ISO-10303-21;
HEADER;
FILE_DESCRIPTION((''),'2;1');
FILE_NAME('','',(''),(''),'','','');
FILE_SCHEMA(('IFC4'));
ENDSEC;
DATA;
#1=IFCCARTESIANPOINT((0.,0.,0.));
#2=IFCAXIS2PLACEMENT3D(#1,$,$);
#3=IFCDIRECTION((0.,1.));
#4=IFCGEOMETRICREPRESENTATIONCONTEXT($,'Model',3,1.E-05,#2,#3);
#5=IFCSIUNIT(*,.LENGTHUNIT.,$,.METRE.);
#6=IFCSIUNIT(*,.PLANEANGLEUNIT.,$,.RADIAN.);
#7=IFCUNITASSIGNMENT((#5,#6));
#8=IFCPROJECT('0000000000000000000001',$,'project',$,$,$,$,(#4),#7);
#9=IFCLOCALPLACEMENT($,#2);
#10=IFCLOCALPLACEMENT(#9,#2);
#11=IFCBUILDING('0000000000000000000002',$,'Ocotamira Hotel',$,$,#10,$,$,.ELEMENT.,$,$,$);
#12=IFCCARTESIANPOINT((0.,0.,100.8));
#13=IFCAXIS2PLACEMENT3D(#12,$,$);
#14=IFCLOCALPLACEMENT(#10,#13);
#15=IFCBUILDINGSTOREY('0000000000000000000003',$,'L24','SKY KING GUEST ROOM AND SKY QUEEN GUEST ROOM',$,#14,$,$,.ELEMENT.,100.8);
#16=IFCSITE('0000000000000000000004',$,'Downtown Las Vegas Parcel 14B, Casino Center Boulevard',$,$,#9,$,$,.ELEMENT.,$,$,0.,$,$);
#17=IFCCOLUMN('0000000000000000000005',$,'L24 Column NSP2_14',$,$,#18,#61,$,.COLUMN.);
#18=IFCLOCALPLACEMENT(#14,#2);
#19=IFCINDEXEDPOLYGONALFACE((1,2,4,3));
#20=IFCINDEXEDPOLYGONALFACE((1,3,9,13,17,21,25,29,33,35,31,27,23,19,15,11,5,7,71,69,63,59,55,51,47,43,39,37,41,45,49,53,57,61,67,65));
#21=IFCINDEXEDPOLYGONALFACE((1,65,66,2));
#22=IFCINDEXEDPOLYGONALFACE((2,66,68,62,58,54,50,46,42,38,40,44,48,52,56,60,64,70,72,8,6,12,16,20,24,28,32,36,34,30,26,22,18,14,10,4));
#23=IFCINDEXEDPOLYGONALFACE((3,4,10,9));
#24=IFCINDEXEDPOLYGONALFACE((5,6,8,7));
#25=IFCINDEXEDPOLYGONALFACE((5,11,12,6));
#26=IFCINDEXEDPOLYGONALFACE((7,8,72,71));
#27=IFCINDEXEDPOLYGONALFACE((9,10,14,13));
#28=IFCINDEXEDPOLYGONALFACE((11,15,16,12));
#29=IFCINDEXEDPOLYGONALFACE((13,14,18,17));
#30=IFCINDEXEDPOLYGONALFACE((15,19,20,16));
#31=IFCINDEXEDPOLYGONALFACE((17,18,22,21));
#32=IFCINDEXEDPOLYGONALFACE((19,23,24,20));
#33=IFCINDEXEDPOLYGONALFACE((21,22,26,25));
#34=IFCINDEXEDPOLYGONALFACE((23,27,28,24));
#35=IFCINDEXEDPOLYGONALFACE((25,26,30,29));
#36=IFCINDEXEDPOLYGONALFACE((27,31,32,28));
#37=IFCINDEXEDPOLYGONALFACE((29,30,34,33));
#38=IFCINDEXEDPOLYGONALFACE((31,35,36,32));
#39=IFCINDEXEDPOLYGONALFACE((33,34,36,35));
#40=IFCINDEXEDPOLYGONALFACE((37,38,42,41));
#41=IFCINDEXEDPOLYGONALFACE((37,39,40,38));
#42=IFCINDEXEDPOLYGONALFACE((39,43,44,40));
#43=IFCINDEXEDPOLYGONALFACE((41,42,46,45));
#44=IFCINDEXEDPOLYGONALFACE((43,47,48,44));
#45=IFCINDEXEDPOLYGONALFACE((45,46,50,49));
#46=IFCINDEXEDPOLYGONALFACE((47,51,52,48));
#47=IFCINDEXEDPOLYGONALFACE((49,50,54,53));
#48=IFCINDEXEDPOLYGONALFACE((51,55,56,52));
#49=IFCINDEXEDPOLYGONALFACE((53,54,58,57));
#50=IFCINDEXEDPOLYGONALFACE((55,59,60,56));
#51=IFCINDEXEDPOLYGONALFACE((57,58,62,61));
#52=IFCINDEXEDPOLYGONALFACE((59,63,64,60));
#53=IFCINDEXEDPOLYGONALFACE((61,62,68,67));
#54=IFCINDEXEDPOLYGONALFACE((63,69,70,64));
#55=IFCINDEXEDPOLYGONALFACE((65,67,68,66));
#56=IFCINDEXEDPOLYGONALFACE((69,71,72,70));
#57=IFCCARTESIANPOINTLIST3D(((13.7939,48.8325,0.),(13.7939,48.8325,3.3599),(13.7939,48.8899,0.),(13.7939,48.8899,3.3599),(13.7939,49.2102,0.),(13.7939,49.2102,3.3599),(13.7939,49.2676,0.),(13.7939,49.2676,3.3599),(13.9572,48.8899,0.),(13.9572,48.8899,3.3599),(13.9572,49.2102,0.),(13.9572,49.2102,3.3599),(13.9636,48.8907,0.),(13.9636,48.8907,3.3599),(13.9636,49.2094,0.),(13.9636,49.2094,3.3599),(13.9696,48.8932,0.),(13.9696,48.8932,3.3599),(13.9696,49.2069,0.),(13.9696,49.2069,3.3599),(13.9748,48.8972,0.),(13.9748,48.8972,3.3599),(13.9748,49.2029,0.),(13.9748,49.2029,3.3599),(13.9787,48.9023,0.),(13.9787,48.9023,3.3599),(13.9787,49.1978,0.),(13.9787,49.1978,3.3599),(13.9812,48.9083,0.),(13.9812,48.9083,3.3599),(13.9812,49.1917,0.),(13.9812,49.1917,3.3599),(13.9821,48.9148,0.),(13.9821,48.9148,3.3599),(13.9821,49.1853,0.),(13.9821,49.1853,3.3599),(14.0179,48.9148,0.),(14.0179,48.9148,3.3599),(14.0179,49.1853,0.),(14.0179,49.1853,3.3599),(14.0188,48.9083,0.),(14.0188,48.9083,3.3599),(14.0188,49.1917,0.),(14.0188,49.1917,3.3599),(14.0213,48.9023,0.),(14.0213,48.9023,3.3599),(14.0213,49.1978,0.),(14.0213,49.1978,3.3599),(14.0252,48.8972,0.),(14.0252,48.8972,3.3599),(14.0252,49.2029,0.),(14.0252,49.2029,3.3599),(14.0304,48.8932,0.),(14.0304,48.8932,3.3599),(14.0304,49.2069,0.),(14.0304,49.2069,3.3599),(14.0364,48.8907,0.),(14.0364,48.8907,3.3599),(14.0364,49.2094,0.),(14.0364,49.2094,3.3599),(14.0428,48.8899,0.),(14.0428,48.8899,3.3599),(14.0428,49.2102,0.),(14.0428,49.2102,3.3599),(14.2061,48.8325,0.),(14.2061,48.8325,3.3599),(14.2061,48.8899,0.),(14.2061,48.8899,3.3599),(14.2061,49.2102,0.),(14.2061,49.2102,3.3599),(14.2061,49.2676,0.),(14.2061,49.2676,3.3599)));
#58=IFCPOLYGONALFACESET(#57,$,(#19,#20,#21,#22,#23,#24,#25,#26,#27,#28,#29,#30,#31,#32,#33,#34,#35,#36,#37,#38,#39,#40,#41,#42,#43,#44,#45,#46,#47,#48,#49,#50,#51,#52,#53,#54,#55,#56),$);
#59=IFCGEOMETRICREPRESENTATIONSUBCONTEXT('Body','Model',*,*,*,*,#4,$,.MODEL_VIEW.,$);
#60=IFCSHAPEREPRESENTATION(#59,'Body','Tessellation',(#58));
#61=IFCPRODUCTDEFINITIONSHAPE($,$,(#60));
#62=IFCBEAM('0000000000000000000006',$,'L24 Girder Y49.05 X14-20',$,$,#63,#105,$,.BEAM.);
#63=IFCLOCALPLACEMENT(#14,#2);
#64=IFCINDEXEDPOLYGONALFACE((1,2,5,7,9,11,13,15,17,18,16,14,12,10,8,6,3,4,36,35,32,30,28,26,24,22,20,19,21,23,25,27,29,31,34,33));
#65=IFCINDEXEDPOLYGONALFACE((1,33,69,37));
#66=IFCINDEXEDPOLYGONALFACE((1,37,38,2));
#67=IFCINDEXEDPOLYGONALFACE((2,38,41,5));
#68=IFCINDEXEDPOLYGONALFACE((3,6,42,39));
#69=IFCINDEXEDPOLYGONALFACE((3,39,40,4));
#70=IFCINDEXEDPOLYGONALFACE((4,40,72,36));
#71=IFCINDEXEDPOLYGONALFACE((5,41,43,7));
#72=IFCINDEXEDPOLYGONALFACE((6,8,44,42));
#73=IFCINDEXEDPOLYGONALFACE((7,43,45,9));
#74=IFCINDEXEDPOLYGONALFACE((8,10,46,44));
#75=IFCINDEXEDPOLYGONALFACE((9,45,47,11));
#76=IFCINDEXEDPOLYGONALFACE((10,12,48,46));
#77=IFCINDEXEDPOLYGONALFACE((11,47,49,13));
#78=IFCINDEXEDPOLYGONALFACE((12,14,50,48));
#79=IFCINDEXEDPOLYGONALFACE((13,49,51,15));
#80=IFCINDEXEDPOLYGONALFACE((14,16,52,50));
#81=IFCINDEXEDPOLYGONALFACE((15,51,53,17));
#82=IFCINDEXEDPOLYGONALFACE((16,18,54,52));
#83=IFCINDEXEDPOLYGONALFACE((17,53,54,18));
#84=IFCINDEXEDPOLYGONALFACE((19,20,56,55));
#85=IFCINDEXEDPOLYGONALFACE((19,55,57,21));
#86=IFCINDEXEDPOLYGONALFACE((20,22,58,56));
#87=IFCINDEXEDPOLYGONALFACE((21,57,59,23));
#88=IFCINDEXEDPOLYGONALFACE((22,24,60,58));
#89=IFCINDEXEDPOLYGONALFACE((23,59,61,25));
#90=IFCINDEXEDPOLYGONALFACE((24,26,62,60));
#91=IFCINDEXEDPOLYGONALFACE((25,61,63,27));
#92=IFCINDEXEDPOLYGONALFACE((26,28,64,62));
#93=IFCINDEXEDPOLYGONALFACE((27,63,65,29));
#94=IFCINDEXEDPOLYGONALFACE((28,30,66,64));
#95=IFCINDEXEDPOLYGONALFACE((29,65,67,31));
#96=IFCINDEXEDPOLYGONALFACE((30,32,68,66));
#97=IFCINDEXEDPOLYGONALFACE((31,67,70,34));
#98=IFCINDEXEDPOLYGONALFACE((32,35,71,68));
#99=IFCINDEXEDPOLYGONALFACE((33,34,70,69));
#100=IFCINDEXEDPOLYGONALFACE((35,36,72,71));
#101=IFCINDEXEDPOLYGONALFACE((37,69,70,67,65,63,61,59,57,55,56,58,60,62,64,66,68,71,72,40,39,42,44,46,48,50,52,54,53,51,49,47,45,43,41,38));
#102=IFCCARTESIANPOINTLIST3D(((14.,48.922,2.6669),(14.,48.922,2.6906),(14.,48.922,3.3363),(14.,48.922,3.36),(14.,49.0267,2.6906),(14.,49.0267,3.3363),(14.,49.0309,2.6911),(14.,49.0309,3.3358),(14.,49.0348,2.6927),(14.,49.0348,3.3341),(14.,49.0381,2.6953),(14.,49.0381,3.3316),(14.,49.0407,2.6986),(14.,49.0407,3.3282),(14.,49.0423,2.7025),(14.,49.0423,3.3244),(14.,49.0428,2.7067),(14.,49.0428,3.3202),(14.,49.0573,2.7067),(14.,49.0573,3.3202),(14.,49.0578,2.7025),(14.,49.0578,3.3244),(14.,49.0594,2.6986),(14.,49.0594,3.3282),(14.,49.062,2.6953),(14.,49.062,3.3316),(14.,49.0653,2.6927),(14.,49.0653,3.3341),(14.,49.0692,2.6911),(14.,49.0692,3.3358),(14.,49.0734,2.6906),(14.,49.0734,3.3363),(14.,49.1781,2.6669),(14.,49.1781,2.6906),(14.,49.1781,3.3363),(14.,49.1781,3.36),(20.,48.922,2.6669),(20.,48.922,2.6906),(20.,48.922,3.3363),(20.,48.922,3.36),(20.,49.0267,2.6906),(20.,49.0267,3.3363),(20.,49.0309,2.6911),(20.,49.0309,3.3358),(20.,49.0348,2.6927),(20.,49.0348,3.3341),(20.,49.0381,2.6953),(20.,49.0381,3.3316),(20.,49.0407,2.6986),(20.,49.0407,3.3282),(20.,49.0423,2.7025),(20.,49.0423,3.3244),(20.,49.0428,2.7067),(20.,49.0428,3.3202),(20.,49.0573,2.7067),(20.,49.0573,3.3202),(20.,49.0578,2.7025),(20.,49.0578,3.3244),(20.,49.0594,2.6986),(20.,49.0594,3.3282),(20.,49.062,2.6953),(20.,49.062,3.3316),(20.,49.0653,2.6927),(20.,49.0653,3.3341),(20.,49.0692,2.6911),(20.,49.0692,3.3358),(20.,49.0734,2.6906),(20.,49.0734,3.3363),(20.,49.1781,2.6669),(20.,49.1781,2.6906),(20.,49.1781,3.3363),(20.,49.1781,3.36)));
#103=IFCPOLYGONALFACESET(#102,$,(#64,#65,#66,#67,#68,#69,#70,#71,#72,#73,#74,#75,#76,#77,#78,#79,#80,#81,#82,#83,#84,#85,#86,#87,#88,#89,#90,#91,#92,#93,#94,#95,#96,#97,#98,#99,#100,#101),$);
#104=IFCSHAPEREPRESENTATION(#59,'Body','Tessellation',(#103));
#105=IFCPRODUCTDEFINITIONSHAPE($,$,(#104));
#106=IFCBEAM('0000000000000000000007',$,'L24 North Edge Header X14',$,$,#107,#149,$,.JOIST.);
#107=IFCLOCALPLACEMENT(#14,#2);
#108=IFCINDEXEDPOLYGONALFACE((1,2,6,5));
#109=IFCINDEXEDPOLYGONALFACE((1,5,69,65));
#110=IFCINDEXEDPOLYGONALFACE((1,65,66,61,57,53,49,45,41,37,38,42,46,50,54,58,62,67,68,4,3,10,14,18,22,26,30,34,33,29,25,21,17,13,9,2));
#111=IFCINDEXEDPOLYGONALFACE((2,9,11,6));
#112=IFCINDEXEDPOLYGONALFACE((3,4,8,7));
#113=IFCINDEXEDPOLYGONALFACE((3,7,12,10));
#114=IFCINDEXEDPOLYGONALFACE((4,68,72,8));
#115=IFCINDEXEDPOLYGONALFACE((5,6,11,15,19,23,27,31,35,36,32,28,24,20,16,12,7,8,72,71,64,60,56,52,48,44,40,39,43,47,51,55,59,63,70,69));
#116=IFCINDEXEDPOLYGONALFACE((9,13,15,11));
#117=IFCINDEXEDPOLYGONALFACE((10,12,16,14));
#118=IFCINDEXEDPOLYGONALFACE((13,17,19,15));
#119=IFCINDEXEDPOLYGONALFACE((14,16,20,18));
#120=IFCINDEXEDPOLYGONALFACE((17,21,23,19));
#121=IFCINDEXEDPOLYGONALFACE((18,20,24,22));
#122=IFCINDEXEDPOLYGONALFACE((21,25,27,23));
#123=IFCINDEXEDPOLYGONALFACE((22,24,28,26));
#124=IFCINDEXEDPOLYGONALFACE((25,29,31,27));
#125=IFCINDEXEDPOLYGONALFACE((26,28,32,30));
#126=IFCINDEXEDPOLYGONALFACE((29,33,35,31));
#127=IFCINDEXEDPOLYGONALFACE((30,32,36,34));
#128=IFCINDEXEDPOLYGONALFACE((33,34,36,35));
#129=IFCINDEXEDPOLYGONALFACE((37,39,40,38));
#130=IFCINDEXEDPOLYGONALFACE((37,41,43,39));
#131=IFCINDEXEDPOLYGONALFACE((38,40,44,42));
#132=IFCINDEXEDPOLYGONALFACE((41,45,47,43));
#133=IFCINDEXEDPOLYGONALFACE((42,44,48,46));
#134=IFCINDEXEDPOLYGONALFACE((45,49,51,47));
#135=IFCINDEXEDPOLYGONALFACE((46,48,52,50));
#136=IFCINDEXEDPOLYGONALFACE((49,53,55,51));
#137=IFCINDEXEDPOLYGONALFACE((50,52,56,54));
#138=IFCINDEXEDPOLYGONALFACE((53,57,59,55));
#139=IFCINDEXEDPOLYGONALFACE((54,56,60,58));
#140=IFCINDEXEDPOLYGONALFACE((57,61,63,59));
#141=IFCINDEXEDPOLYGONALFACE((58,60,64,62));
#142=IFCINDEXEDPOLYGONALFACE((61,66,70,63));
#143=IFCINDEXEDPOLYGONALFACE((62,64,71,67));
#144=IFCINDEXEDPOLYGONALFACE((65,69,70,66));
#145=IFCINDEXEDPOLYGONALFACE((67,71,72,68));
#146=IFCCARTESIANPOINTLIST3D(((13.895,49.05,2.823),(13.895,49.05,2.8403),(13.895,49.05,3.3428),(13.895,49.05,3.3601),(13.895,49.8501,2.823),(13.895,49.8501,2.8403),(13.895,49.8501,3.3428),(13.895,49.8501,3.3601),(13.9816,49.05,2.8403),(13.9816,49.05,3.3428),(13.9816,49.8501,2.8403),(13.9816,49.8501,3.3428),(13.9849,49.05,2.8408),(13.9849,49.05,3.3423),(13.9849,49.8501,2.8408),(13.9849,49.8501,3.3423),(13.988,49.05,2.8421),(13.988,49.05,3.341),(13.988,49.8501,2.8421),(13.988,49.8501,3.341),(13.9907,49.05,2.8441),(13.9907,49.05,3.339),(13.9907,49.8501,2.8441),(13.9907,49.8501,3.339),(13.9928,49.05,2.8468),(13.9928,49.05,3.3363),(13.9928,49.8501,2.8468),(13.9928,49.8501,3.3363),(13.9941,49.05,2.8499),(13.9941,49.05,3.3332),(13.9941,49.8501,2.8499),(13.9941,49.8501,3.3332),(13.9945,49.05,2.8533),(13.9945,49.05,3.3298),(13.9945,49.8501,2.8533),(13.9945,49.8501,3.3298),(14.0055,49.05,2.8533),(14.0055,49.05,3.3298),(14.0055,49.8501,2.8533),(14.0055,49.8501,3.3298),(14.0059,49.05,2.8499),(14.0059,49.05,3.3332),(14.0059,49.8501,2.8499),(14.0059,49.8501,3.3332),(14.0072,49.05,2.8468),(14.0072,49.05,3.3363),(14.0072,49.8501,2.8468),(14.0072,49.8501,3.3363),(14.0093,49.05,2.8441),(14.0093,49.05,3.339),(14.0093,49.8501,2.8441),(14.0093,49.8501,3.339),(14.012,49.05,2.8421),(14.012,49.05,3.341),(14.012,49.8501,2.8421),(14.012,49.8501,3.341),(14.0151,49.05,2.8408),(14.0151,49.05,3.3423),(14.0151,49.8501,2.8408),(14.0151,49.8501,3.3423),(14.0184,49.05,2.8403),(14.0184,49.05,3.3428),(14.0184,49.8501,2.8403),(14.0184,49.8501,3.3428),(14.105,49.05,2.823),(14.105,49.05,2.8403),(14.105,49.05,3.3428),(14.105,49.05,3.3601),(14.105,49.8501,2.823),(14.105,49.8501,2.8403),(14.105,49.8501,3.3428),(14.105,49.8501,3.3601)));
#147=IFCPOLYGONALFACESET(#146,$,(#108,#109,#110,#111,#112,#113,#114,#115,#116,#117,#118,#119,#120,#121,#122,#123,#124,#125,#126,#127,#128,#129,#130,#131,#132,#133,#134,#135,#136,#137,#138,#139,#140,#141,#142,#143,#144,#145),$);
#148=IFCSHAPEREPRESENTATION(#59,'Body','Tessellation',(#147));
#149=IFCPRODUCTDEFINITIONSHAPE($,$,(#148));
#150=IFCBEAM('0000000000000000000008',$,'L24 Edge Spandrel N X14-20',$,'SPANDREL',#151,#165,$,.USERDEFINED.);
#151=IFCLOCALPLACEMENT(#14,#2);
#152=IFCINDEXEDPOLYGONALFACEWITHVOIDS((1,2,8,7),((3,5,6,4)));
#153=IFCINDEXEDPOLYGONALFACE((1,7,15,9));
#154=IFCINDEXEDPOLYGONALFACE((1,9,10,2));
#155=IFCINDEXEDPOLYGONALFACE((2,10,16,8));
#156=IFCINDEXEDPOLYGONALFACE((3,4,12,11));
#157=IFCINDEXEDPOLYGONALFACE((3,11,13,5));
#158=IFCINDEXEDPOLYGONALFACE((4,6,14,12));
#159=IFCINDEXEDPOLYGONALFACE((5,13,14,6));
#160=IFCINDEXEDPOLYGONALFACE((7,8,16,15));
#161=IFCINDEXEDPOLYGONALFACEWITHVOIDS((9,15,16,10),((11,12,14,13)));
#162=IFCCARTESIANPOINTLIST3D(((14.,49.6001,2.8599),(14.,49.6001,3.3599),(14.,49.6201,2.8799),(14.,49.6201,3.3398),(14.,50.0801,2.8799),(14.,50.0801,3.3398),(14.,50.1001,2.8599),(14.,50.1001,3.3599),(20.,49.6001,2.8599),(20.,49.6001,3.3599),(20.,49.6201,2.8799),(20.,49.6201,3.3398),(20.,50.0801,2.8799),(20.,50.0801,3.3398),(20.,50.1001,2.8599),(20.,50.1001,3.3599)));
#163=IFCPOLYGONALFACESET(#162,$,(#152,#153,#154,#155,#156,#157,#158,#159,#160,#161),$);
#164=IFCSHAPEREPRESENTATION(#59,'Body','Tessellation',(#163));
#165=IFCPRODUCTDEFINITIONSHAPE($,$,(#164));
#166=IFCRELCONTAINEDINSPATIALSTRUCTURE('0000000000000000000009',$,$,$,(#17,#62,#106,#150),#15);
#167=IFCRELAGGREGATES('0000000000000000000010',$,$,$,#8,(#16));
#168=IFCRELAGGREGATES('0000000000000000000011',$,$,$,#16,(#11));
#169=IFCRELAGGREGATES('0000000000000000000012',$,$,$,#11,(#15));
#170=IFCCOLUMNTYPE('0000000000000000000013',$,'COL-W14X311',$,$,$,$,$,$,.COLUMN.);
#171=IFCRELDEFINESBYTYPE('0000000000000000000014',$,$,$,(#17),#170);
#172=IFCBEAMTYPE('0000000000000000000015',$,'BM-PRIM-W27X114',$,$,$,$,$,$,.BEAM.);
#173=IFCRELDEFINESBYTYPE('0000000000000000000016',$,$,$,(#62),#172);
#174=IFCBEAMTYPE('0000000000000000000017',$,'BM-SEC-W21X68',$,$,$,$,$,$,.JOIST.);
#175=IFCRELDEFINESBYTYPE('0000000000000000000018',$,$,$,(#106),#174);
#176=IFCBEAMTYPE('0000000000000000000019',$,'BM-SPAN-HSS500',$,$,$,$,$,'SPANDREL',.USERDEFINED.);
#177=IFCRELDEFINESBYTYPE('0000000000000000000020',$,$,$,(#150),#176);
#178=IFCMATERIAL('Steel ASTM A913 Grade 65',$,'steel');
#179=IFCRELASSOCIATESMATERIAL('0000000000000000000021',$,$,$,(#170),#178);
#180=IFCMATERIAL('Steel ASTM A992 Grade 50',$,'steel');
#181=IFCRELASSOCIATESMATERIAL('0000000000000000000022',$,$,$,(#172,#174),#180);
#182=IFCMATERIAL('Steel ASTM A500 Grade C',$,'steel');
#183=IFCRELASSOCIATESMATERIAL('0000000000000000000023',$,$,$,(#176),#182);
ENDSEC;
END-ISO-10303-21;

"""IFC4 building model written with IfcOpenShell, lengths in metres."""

from ifc_helpers import new_model, si_unit, direction, frame, origin, origin_2d, place, context, subcontext, project, spatial, hollow_rectangle, i_section, extrude, source, transform, mapped, material, material_profile, profile_set, type_object, element, save


model = new_model("IFC4")

# Units and contexts
model_context = context("Model", 3, precision=1e-05, world=origin(), true_north=direction((0.0, 1.0)))
body_context = subcontext(model_context, "Body", "Model", "MODEL_VIEW")
ifc_project = project(units=[si_unit("LENGTHUNIT", "METRE"), si_unit("PLANEANGLEUNIT", "RADIAN")], contexts=[model_context])

# Site, building, storey
site_placement = place(None, origin())
site = spatial("IfcSite", under=ifc_project, at=site_placement, Name="Downtown Las Vegas Parcel 14B, Casino Center Boulevard", CompositionType="ELEMENT", RefElevation=0.0)
building_placement = place(site_placement, origin())
building = spatial("IfcBuilding", under=site, at=building_placement, Name="Ocotamira Hotel", CompositionType="ELEMENT")
storey_placement = place(building_placement, frame((0.0, 0.0, 100.8)))
storey = spatial("IfcBuildingStorey", under=building, at=storey_placement, Name="L24", Description="SKY KING GUEST ROOM AND SKY QUEEN GUEST ROOM", CompositionType="ELEMENT", Elevation=100.8)

# Column
ifc_material_1 = material(Name="Steel ASTM A913 Grade 65", Category="steel")
ifc_material_profile_1 = material_profile(ifc_material_1, i_section(OverallWidth=0.4121, OverallDepth=0.4351, WebThickness=0.0359, FlangeThickness=0.0574, FilletRadius=0.0249, at=origin_2d()), Name="W14X311")
ifc_profile_set_1 = profile_set([ifc_material_profile_1], Name="Steel ASTM A913 Grade 65")
column_type = type_object("IfcColumnType", Name="COL-W14X311", PredefinedType="COLUMN", material=ifc_profile_set_1)
shared_shape_1 = source(origin(), body_context, "Body", "SweptSolid", [
    extrude(i_section(OverallWidth=0.4121, OverallDepth=0.4351, WebThickness=0.0359, FlangeThickness=0.0574, FilletRadius=0.0249, at=origin_2d()), origin(), (0.0, 0.0, 1.0), 3.3599),
])
column_placement = place(storey_placement, frame((14.0, 49.05, 0.0), z_axis=(0.0, 0.0, 1.0), x_axis=(1.0, 0.0, 0.0)))
element("IfcColumn", 1, at=column_placement, inside=storey, type_object=column_type, Name="L24 Column NSP2_14", PredefinedType="COLUMN", context=body_context, shape_type="MappedRepresentation", body=[
    mapped(shared_shape_1, transform((0.0, 0.0, 0.0), scale=1.0)),
])

# Beams
ifc_material_2 = material(Name="Steel ASTM A992 Grade 50", Category="steel")
ifc_material_profile_2 = material_profile(ifc_material_2, i_section(OverallWidth=0.2561, OverallDepth=0.6931, WebThickness=0.0144, FlangeThickness=0.0237, FilletRadius=0.0161, at=origin_2d()), Name="W27X114")
ifc_profile_set_2 = profile_set([ifc_material_profile_2], Name="Steel ASTM A992 Grade 50")
beam_type_1 = type_object("IfcBeamType", Name="BM-PRIM-W27X114", PredefinedType="BEAM", material=ifc_profile_set_2)
shared_shape_2 = source(origin(), body_context, "Body", "SweptSolid", [
    extrude(i_section(OverallWidth=0.2561, OverallDepth=0.6931, WebThickness=0.0144, FlangeThickness=0.0237, FilletRadius=0.0161, at=origin_2d()), origin(), (0.0, 0.0, 1.0), 6.0),
])
beam_1_placement = place(storey_placement, frame((14.0, 49.05, 3.0134), z_axis=(1.0, 0.0, 0.0), x_axis=(0.0, 1.0, 0.0)))
element("IfcBeam", 2, at=beam_1_placement, inside=storey, type_object=beam_type_1, Name="L24 Girder Y49.05 X14-20", PredefinedType="BEAM", context=body_context, shape_type="MappedRepresentation", body=[
    mapped(shared_shape_2, transform((0.0, 0.0, 0.0), scale=1.0)),
])
ifc_material_profile_3 = material_profile(ifc_material_2, i_section(OverallWidth=0.21, OverallDepth=0.5371, WebThickness=0.011, FlangeThickness=0.0173, FilletRadius=0.0129, at=origin_2d()), Name="W21X68")
ifc_profile_set_3 = profile_set([ifc_material_profile_3], Name="Steel ASTM A992 Grade 50")
beam_type_2 = type_object("IfcBeamType", Name="BM-SEC-W21X68", PredefinedType="JOIST", material=ifc_profile_set_3)
shared_shape_3 = source(origin(), body_context, "Body", "SweptSolid", [
    extrude(i_section(OverallWidth=0.21, OverallDepth=0.5371, WebThickness=0.011, FlangeThickness=0.0173, FilletRadius=0.0129, at=origin_2d()), origin(), (0.0, 0.0, 1.0), 0.8),
])
beam_2_placement = place(storey_placement, frame((14.0, 49.05, 3.0916), z_axis=(0.0, 1.0, 0.0), x_axis=(-1.0, 0.0, 0.0)))
element("IfcBeam", 3, at=beam_2_placement, inside=storey, type_object=beam_type_2, Name="L24 North Edge Header X14", PredefinedType="JOIST", context=body_context, shape_type="MappedRepresentation", body=[
    mapped(shared_shape_3, transform((0.0, 0.0, 0.0), scale=1.0)),
])
ifc_material_3 = material(Name="Steel ASTM A500 Grade C", Category="steel")
ifc_material_profile_4 = material_profile(ifc_material_3, hollow_rectangle(XDim=0.5, YDim=0.5, WallThickness=0.02, at=origin_2d()), Name="HSS500X500X20")
ifc_profile_set_4 = profile_set([ifc_material_profile_4], Name="Steel ASTM A500 Grade C")
beam_type_3 = type_object("IfcBeamType", Name="BM-SPAN-HSS500", ElementType="SPANDREL", PredefinedType="USERDEFINED", material=ifc_profile_set_4)
shared_shape_4 = source(origin(), body_context, "Body", "SweptSolid", [
    extrude(hollow_rectangle(XDim=0.5, YDim=0.5, WallThickness=0.02, at=origin_2d()), origin(), (0.0, 0.0, 1.0), 6.0),
])
beam_3_placement = place(storey_placement, frame((14.0, 49.8501, 3.1099), z_axis=(1.0, 0.0, 0.0), x_axis=(0.0, 1.0, 0.0)))
element("IfcBeam", 4, at=beam_3_placement, inside=storey, type_object=beam_type_3, Name="L24 Edge Spandrel N X14-20", ObjectType="SPANDREL", PredefinedType="USERDEFINED", context=body_context, shape_type="MappedRepresentation", body=[
    mapped(shared_shape_4, transform((0.0, 0.0, 0.0), scale=1.0)),
])

save(model, "model.ifc")
